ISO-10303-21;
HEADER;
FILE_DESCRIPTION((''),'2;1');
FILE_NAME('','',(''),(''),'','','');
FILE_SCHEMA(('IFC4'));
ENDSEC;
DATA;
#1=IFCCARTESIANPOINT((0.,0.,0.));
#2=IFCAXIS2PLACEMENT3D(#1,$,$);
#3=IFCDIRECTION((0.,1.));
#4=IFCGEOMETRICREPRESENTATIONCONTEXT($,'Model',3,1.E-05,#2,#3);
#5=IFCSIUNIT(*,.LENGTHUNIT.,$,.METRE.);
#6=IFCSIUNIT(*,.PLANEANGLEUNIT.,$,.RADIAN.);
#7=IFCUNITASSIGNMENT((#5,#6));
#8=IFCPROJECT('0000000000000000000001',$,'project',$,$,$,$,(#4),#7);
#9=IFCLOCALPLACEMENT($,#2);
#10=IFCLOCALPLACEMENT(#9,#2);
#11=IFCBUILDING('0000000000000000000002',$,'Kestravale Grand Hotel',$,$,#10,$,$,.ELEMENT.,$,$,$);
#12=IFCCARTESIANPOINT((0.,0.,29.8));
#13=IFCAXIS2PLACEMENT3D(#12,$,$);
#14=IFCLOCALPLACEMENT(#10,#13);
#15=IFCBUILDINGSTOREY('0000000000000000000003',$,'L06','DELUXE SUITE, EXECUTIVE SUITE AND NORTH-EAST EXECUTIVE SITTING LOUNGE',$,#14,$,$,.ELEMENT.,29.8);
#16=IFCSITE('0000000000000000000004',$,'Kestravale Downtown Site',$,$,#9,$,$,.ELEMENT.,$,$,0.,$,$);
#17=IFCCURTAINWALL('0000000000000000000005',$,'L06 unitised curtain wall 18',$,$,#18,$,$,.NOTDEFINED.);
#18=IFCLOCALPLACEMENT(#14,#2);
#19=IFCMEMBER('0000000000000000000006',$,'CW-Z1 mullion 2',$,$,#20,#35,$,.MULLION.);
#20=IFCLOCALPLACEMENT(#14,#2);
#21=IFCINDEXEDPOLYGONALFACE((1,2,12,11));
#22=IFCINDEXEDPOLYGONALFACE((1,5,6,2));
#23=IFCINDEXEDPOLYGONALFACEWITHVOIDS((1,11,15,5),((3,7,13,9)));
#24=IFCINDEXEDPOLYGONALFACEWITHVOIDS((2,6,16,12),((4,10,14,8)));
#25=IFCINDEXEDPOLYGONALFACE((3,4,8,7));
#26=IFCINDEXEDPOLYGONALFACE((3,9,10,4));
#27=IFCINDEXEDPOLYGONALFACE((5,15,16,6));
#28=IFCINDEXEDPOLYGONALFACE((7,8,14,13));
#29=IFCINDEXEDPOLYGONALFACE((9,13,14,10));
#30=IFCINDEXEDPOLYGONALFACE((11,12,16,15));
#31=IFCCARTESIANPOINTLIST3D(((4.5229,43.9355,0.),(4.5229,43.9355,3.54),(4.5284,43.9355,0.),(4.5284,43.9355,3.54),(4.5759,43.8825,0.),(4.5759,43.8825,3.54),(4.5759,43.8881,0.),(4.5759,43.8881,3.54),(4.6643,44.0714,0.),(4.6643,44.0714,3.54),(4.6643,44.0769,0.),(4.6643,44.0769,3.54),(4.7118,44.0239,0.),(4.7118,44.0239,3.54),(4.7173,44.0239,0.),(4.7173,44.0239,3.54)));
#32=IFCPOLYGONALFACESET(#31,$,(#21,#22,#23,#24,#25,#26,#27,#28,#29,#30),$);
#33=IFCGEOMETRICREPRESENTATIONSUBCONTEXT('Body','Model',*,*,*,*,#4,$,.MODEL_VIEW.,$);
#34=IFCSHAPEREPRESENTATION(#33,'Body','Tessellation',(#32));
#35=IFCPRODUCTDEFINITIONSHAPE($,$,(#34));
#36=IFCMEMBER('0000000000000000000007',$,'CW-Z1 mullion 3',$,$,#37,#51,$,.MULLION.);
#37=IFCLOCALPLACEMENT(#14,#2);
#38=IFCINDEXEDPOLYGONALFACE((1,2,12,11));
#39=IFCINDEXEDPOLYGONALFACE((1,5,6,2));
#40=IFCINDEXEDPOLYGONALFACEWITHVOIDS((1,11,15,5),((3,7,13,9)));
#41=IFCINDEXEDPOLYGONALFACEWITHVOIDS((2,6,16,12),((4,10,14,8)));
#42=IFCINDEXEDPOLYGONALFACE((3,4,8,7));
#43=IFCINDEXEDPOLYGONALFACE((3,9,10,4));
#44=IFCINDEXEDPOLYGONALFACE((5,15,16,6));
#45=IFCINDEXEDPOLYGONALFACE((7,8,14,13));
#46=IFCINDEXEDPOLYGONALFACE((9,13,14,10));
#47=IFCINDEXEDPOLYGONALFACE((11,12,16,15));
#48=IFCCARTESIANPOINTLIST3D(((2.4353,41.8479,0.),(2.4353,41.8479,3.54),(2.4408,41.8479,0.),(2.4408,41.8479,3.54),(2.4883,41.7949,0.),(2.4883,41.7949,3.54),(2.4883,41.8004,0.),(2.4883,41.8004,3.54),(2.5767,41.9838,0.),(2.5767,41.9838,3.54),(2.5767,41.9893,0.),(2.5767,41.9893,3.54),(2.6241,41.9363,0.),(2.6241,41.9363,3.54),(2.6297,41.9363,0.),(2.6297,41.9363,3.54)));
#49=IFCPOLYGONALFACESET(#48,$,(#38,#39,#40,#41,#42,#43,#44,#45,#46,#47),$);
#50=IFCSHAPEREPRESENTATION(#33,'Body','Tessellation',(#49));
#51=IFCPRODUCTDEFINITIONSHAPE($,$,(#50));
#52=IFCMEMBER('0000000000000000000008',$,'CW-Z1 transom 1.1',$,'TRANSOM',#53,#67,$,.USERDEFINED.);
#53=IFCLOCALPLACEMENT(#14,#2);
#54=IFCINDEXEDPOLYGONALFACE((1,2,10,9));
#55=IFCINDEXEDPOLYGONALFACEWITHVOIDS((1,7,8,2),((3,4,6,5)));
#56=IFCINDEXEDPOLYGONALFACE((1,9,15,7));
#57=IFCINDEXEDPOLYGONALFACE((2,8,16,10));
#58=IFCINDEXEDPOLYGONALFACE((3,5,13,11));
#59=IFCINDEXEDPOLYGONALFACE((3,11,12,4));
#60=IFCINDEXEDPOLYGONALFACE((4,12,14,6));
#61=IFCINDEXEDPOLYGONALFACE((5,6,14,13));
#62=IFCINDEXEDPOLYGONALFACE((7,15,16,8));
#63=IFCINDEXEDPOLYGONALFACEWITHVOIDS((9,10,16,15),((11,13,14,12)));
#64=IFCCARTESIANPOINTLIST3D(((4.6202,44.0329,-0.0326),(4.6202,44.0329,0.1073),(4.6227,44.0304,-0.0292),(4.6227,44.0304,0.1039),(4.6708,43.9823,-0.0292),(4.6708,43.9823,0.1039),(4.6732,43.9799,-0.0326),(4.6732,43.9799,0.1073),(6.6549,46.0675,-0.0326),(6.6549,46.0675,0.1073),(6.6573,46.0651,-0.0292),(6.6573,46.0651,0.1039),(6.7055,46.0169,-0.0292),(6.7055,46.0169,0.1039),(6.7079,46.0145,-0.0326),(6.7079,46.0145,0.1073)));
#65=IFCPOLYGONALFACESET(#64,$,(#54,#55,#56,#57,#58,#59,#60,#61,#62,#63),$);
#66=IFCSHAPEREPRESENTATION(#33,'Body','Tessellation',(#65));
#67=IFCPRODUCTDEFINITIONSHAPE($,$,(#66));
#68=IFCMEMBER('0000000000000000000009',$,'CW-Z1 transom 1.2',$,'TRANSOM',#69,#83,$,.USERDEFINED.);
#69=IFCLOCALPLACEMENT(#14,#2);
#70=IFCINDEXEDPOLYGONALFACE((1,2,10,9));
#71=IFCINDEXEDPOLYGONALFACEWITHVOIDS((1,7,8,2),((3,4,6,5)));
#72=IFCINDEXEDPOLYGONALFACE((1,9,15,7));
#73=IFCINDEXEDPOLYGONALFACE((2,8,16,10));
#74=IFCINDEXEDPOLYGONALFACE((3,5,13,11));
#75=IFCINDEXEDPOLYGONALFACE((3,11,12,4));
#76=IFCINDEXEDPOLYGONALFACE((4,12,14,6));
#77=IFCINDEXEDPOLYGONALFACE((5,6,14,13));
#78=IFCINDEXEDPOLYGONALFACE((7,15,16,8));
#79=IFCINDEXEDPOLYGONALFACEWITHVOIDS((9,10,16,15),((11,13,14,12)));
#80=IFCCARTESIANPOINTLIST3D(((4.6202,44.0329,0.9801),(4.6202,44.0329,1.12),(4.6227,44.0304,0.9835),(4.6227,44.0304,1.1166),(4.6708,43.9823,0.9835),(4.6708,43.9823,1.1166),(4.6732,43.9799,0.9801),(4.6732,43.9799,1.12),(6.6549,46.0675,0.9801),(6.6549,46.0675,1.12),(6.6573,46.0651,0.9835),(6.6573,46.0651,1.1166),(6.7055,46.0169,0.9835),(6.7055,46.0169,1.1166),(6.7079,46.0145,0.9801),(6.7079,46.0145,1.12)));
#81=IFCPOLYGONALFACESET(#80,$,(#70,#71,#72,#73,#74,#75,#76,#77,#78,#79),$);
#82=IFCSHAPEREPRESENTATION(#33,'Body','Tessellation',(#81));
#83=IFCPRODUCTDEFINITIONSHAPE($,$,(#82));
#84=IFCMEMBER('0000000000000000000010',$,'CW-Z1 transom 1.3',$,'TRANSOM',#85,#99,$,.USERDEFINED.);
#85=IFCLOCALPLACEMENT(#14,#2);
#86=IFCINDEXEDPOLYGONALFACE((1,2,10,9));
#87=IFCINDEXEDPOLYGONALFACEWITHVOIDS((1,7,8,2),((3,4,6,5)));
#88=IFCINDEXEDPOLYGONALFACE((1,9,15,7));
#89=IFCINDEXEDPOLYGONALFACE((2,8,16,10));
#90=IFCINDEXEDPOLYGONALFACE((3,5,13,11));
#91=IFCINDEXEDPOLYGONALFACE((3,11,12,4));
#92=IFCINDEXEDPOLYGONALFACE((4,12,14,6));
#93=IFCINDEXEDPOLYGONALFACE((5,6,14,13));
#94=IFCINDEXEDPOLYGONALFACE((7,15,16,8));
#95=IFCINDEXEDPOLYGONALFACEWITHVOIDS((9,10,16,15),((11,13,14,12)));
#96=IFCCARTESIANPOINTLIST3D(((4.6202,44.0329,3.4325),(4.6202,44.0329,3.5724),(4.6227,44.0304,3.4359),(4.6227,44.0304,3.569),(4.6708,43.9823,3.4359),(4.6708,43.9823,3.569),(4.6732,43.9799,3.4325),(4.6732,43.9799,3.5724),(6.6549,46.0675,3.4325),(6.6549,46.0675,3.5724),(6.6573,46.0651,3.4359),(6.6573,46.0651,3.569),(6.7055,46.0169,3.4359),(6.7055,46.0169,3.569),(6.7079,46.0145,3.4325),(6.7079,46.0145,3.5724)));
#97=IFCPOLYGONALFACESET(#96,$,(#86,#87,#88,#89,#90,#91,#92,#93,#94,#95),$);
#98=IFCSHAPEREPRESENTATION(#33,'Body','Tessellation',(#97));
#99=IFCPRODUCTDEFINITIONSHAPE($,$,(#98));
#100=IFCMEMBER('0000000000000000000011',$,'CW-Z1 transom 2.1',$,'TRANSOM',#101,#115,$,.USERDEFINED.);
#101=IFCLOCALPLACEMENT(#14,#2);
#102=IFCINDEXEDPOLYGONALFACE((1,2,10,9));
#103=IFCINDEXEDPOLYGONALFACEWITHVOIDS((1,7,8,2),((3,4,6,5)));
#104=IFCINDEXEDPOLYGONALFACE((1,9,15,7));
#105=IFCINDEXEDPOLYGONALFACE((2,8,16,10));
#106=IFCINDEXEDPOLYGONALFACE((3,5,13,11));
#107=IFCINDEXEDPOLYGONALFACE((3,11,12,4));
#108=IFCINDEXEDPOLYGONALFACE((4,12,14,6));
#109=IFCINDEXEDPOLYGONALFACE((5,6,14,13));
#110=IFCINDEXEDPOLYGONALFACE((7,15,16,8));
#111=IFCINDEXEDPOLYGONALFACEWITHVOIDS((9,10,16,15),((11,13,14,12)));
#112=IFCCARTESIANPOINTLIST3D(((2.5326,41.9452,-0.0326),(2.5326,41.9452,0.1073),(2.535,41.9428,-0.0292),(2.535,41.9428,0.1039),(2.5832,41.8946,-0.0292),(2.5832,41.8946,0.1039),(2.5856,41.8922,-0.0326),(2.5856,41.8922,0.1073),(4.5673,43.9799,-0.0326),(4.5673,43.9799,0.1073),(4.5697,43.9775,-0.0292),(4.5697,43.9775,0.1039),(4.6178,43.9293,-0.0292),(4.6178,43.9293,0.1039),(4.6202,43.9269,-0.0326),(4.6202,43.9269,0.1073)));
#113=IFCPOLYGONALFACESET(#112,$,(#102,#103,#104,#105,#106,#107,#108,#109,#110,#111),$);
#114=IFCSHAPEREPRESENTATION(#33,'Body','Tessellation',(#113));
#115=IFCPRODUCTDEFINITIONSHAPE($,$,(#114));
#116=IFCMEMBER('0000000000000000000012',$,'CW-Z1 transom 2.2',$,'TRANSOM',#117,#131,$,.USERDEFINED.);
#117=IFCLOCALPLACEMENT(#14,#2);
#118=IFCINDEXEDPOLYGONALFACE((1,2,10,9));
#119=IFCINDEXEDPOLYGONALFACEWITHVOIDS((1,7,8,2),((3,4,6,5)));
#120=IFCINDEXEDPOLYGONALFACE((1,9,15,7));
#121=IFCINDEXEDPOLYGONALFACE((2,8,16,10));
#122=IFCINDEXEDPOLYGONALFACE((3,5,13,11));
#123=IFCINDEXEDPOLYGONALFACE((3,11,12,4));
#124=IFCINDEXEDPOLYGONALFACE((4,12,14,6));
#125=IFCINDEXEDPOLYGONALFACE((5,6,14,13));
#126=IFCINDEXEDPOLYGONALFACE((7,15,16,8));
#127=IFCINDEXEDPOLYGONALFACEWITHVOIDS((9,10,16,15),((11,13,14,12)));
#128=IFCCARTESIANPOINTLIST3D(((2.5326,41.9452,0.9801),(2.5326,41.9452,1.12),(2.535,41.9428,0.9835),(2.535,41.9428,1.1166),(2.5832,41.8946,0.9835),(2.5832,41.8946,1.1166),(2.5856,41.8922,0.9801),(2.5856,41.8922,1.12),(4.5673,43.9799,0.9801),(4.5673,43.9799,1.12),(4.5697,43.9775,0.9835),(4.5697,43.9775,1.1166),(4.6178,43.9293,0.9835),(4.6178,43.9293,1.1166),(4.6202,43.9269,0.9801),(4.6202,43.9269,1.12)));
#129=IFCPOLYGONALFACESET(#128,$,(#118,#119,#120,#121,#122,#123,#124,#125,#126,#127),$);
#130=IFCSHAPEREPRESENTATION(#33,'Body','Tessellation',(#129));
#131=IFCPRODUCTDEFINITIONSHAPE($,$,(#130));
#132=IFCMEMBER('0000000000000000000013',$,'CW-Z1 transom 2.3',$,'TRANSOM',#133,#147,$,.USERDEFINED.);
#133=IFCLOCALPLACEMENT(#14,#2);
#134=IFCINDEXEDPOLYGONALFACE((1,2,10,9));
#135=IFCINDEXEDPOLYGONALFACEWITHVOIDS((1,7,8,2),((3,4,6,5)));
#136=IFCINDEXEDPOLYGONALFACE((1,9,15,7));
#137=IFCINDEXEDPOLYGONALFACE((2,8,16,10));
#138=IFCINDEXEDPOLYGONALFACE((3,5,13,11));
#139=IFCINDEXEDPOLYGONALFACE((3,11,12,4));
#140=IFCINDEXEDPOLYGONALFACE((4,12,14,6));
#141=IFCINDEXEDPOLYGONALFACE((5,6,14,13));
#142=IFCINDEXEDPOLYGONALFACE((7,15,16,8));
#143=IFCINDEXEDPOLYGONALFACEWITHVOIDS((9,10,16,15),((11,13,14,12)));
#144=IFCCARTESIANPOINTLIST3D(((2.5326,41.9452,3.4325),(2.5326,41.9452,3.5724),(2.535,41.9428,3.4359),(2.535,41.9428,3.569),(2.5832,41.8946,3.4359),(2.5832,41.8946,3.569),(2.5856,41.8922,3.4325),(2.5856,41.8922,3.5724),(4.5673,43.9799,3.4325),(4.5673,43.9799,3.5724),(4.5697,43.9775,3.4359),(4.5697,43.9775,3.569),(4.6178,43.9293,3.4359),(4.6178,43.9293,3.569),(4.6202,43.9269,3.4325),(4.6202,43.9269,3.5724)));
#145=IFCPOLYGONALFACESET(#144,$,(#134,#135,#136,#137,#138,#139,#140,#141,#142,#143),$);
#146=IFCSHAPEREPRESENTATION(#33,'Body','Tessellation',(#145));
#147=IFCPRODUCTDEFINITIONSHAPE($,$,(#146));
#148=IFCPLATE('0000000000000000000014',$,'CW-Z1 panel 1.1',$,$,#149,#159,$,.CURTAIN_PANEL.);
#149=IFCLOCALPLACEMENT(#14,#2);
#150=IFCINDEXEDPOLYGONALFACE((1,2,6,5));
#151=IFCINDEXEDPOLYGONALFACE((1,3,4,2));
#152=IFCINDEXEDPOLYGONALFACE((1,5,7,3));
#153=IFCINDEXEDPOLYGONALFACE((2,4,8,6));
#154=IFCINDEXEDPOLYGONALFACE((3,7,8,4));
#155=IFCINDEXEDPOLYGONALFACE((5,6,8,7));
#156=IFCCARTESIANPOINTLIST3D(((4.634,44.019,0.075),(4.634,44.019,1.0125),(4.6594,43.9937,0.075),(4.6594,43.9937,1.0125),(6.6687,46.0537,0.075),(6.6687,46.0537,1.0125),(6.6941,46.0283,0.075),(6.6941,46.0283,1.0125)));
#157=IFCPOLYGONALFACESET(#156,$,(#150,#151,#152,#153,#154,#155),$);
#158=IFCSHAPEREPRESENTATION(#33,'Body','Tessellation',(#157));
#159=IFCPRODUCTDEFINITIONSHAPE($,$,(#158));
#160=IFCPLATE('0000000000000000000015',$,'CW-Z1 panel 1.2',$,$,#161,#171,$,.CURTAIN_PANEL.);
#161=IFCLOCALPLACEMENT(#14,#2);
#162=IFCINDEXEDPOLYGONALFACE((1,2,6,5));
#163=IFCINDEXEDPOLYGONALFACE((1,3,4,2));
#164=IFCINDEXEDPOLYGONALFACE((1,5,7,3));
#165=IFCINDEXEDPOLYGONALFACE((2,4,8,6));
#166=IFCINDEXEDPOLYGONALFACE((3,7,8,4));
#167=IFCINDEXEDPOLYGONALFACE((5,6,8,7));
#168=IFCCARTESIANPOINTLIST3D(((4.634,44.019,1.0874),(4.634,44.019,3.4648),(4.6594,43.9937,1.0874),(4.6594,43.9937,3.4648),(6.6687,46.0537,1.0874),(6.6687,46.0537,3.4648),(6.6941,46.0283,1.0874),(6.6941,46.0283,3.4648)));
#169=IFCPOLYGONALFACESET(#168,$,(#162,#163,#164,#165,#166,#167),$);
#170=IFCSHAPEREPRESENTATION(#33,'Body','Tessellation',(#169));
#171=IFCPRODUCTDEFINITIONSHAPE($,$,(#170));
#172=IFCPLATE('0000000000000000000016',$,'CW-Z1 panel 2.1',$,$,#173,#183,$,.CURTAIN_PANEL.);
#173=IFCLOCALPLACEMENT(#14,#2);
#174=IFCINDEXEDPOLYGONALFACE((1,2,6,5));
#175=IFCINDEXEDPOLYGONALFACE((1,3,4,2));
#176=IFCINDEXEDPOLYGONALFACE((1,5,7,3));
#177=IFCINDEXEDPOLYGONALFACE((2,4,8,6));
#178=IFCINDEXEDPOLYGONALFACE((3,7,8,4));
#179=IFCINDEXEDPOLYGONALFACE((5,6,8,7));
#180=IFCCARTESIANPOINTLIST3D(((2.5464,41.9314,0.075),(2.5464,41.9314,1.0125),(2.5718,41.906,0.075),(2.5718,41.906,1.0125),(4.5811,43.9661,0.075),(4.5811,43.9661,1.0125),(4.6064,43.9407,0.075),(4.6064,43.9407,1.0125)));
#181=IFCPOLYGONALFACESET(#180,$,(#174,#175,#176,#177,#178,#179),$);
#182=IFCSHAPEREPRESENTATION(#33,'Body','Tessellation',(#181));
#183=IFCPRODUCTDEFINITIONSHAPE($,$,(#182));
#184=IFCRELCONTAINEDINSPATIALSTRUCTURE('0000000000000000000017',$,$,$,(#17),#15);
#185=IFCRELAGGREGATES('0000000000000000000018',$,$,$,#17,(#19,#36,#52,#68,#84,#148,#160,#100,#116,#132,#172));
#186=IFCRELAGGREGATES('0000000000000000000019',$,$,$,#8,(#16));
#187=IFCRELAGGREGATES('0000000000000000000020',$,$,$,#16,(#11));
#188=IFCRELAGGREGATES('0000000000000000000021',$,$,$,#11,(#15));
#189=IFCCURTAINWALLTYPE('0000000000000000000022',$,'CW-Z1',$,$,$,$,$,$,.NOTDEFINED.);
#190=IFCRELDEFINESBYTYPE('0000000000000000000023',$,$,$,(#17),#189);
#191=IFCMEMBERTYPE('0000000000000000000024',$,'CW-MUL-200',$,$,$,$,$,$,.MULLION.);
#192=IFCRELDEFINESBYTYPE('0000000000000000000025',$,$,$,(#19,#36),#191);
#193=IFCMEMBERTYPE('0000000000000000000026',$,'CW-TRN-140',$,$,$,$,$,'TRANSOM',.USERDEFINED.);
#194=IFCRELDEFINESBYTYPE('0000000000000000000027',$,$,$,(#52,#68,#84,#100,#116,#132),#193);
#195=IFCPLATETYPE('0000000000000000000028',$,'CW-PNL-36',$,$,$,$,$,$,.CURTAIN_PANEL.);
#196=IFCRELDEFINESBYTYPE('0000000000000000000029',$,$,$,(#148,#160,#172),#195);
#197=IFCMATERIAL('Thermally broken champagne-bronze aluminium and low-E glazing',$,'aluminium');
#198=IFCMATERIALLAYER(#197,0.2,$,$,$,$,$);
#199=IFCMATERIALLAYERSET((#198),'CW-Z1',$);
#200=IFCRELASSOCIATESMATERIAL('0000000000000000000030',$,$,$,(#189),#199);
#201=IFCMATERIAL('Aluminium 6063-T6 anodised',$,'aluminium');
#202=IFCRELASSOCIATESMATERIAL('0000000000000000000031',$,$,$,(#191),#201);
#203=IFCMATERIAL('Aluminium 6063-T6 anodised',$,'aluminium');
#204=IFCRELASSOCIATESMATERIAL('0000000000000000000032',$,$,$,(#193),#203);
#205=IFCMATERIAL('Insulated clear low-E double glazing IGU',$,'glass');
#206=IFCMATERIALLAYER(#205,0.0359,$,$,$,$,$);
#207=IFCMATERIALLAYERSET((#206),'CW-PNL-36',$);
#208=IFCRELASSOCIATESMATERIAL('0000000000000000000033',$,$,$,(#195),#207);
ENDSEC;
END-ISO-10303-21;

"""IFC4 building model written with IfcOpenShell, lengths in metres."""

from ifc_helpers import new_model, si_unit, direction, frame, origin, origin_2d, place, context, subcontext, project, spatial, rectangle, hollow_rectangle, extrude, material, layer, layer_set, material_profile, profile_set, type_object, element, aggregate, save


model = new_model("IFC4")

# Units and contexts
model_context = context("Model", 3, precision=1e-05, world=origin(), true_north=direction((0.0, 1.0)))
body_context = subcontext(model_context, "Body", "Model", "MODEL_VIEW")
ifc_project = project(units=[si_unit("LENGTHUNIT", "METRE"), si_unit("PLANEANGLEUNIT", "RADIAN")], contexts=[model_context])

# Site, building, storey
site_placement = place(None, origin())
site = spatial("IfcSite", under=ifc_project, at=site_placement, Name="Kestravale Downtown Site", CompositionType="ELEMENT", RefElevation=0.0)
building_placement = place(site_placement, origin())
building = spatial("IfcBuilding", under=site, at=building_placement, Name="Kestravale Grand Hotel", CompositionType="ELEMENT")
storey_placement = place(building_placement, frame((0.0, 0.0, 29.8)))
storey = spatial("IfcBuildingStorey", under=building, at=storey_placement, Name="L06", Description="DELUXE SUITE, EXECUTIVE SUITE AND NORTH-EAST EXECUTIVE SITTING LOUNGE", CompositionType="ELEMENT", Elevation=29.8)

# Curtain wall, members, plates
ifc_material_1 = material(Name="Thermally broken champagne-bronze aluminium and low-E glazing", Category="aluminium")
ifc_layer_1 = layer(ifc_material_1, 0.2)
ifc_layer_set_1 = layer_set([ifc_layer_1], Name="CW-Z1")
curtain_wall_type = type_object("IfcCurtainWallType", Name="CW-Z1", PredefinedType="NOTDEFINED", material=ifc_layer_set_1)
curtain_wall_placement = place(storey_placement, origin())
curtain_wall = element("IfcCurtainWall", 1, at=curtain_wall_placement, inside=storey, type_object=curtain_wall_type, Name="L06 unitised curtain wall 18", PredefinedType="NOTDEFINED")
ifc_material_2 = material(Name="Aluminium 6063-T6 anodised", Category="aluminium")
ifc_material_profile_1 = material_profile(ifc_material_2, hollow_rectangle(XDim=0.075, YDim=0.2, WallThickness=0.0039, at=origin_2d()))
ifc_profile_set_1 = profile_set([ifc_material_profile_1], Name="Aluminium 6063-T6 anodised")
member_type_1 = type_object("IfcMemberType", Name="CW-MUL-200", PredefinedType="MULLION", material=ifc_profile_set_1)
member_1_placement = place(storey_placement, frame((4.6201, 43.9797, 0.0), z_axis=(0.0, 0.0, 1.0), x_axis=(0.707107, -0.707107, 0.0)))
member_1 = element("IfcMember", 2, at=member_1_placement, type_object=member_type_1, Name="CW-Z1 mullion 2", PredefinedType="MULLION", context=body_context, shape_type="SweptSolid", body=[
    extrude(hollow_rectangle(XDim=0.075, YDim=0.2, WallThickness=0.0039, at=origin_2d()), origin(), (0.0, 0.0, 1.0), 3.54),
])
member_2_placement = place(storey_placement, frame((2.5325, 41.8921, 0.0), z_axis=(0.0, 0.0, 1.0), x_axis=(0.707107, -0.707107, 0.0)))
member_2 = element("IfcMember", 3, at=member_2_placement, type_object=member_type_1, Name="CW-Z1 mullion 3", PredefinedType="MULLION", context=body_context, shape_type="SweptSolid", body=[
    extrude(hollow_rectangle(XDim=0.075, YDim=0.2, WallThickness=0.0039, at=origin_2d()), origin(), (0.0, 0.0, 1.0), 3.54),
])
ifc_material_3 = material(Name="Aluminium 6063-T6 anodised", Category="aluminium")
ifc_material_profile_2 = material_profile(ifc_material_3, hollow_rectangle(XDim=0.075, YDim=0.1399, WallThickness=0.0034, at=origin_2d()))
ifc_profile_set_2 = profile_set([ifc_material_profile_2], Name="Aluminium 6063-T6 anodised")
member_type_2 = type_object("IfcMemberType", Name="CW-TRN-140", ElementType="TRANSOM", PredefinedType="USERDEFINED", material=ifc_profile_set_2)
member_3_placement = place(storey_placement, frame((6.6814, 46.041, 0.0374), z_axis=(-0.707107, -0.707107, 0.0), x_axis=(0.707107, -0.707107, 0.0)))
member_3 = element("IfcMember", 4, at=member_3_placement, type_object=member_type_2, Name="CW-Z1 transom 1.1", ObjectType="TRANSOM", PredefinedType="USERDEFINED", context=body_context, shape_type="SweptSolid", body=[
    extrude(hollow_rectangle(XDim=0.075, YDim=0.1399, WallThickness=0.0034, at=origin_2d()), origin(), (0.0, 0.0, 1.0), 2.8774),
])
member_4_placement = place(storey_placement, frame((6.6814, 46.041, 1.05), z_axis=(-0.707107, -0.707107, 0.0), x_axis=(0.707107, -0.707107, 0.0)))
member_4 = element("IfcMember", 5, at=member_4_placement, type_object=member_type_2, Name="CW-Z1 transom 1.2", ObjectType="TRANSOM", PredefinedType="USERDEFINED", context=body_context, shape_type="SweptSolid", body=[
    extrude(hollow_rectangle(XDim=0.075, YDim=0.1399, WallThickness=0.0034, at=origin_2d()), origin(), (0.0, 0.0, 1.0), 2.8774),
])
member_5_placement = place(storey_placement, frame((6.6814, 46.041, 3.5024), z_axis=(-0.707107, -0.707107, 0.0), x_axis=(0.707107, -0.707107, 0.0)))
member_5 = element("IfcMember", 6, at=member_5_placement, type_object=member_type_2, Name="CW-Z1 transom 1.3", ObjectType="TRANSOM", PredefinedType="USERDEFINED", context=body_context, shape_type="SweptSolid", body=[
    extrude(hollow_rectangle(XDim=0.075, YDim=0.1399, WallThickness=0.0034, at=origin_2d()), origin(), (0.0, 0.0, 1.0), 2.8774),
])
member_6_placement = place(storey_placement, frame((4.5938, 43.9534, 0.0374), z_axis=(-0.707107, -0.707107, 0.0), x_axis=(0.707107, -0.707107, 0.0)))
member_6 = element("IfcMember", 7, at=member_6_placement, type_object=member_type_2, Name="CW-Z1 transom 2.1", ObjectType="TRANSOM", PredefinedType="USERDEFINED", context=body_context, shape_type="SweptSolid", body=[
    extrude(hollow_rectangle(XDim=0.075, YDim=0.1399, WallThickness=0.0034, at=origin_2d()), origin(), (0.0, 0.0, 1.0), 2.8774),
])
member_7_placement = place(storey_placement, frame((4.5938, 43.9534, 1.05), z_axis=(-0.707107, -0.707107, 0.0), x_axis=(0.707107, -0.707107, 0.0)))
member_7 = element("IfcMember", 8, at=member_7_placement, type_object=member_type_2, Name="CW-Z1 transom 2.2", ObjectType="TRANSOM", PredefinedType="USERDEFINED", context=body_context, shape_type="SweptSolid", body=[
    extrude(hollow_rectangle(XDim=0.075, YDim=0.1399, WallThickness=0.0034, at=origin_2d()), origin(), (0.0, 0.0, 1.0), 2.8774),
])
member_8_placement = place(storey_placement, frame((4.5938, 43.9534, 3.5024), z_axis=(-0.707107, -0.707107, 0.0), x_axis=(0.707107, -0.707107, 0.0)))
member_8 = element("IfcMember", 9, at=member_8_placement, type_object=member_type_2, Name="CW-Z1 transom 2.3", ObjectType="TRANSOM", PredefinedType="USERDEFINED", context=body_context, shape_type="SweptSolid", body=[
    extrude(hollow_rectangle(XDim=0.075, YDim=0.1399, WallThickness=0.0034, at=origin_2d()), origin(), (0.0, 0.0, 1.0), 2.8774),
])
ifc_material_4 = material(Name="Insulated clear low-E double glazing IGU", Category="glass")
ifc_layer_2 = layer(ifc_material_4, 0.0359)
ifc_layer_set_2 = layer_set([ifc_layer_2], Name="CW-PNL-36")
plate_type = type_object("IfcPlateType", Name="CW-PNL-36", PredefinedType="CURTAIN_PANEL", material=ifc_layer_set_2)
plate_1_placement = place(storey_placement, frame((5.6641, 45.0237, 0.075), z_axis=(0.0, 0.0, 1.0), x_axis=(-0.707107, -0.707107, 0.0)))
plate_1 = element("IfcPlate", 10, at=plate_1_placement, type_object=plate_type, Name="CW-Z1 panel 1.1", PredefinedType="CURTAIN_PANEL", context=body_context, shape_type="SweptSolid", body=[
    extrude(rectangle(XDim=2.8774, YDim=0.0359, at=origin_2d()), origin(), (0.0, 0.0, 1.0), 0.9375),
])
plate_2_placement = place(storey_placement, frame((5.6641, 45.0237, 1.0874), z_axis=(0.0, 0.0, 1.0), x_axis=(-0.707107, -0.707107, 0.0)))
plate_2 = element("IfcPlate", 11, at=plate_2_placement, type_object=plate_type, Name="CW-Z1 panel 1.2", PredefinedType="CURTAIN_PANEL", context=body_context, shape_type="SweptSolid", body=[
    extrude(rectangle(XDim=2.8774, YDim=0.0359, at=origin_2d()), origin(), (0.0, 0.0, 1.0), 2.3774),
])
plate_3_placement = place(storey_placement, frame((3.5764, 42.936, 0.075), z_axis=(0.0, 0.0, 1.0), x_axis=(-0.707107, -0.707107, 0.0)))
plate_3 = element("IfcPlate", 12, at=plate_3_placement, type_object=plate_type, Name="CW-Z1 panel 2.1", PredefinedType="CURTAIN_PANEL", context=body_context, shape_type="SweptSolid", body=[
    extrude(rectangle(XDim=2.8774, YDim=0.0359, at=origin_2d()), origin(), (0.0, 0.0, 1.0), 0.9375),
])
aggregate(curtain_wall, [member_1, member_2, member_3, member_4, member_5, plate_1, plate_2, member_6, member_7, member_8, plate_3])

save(model, "model.ifc")
